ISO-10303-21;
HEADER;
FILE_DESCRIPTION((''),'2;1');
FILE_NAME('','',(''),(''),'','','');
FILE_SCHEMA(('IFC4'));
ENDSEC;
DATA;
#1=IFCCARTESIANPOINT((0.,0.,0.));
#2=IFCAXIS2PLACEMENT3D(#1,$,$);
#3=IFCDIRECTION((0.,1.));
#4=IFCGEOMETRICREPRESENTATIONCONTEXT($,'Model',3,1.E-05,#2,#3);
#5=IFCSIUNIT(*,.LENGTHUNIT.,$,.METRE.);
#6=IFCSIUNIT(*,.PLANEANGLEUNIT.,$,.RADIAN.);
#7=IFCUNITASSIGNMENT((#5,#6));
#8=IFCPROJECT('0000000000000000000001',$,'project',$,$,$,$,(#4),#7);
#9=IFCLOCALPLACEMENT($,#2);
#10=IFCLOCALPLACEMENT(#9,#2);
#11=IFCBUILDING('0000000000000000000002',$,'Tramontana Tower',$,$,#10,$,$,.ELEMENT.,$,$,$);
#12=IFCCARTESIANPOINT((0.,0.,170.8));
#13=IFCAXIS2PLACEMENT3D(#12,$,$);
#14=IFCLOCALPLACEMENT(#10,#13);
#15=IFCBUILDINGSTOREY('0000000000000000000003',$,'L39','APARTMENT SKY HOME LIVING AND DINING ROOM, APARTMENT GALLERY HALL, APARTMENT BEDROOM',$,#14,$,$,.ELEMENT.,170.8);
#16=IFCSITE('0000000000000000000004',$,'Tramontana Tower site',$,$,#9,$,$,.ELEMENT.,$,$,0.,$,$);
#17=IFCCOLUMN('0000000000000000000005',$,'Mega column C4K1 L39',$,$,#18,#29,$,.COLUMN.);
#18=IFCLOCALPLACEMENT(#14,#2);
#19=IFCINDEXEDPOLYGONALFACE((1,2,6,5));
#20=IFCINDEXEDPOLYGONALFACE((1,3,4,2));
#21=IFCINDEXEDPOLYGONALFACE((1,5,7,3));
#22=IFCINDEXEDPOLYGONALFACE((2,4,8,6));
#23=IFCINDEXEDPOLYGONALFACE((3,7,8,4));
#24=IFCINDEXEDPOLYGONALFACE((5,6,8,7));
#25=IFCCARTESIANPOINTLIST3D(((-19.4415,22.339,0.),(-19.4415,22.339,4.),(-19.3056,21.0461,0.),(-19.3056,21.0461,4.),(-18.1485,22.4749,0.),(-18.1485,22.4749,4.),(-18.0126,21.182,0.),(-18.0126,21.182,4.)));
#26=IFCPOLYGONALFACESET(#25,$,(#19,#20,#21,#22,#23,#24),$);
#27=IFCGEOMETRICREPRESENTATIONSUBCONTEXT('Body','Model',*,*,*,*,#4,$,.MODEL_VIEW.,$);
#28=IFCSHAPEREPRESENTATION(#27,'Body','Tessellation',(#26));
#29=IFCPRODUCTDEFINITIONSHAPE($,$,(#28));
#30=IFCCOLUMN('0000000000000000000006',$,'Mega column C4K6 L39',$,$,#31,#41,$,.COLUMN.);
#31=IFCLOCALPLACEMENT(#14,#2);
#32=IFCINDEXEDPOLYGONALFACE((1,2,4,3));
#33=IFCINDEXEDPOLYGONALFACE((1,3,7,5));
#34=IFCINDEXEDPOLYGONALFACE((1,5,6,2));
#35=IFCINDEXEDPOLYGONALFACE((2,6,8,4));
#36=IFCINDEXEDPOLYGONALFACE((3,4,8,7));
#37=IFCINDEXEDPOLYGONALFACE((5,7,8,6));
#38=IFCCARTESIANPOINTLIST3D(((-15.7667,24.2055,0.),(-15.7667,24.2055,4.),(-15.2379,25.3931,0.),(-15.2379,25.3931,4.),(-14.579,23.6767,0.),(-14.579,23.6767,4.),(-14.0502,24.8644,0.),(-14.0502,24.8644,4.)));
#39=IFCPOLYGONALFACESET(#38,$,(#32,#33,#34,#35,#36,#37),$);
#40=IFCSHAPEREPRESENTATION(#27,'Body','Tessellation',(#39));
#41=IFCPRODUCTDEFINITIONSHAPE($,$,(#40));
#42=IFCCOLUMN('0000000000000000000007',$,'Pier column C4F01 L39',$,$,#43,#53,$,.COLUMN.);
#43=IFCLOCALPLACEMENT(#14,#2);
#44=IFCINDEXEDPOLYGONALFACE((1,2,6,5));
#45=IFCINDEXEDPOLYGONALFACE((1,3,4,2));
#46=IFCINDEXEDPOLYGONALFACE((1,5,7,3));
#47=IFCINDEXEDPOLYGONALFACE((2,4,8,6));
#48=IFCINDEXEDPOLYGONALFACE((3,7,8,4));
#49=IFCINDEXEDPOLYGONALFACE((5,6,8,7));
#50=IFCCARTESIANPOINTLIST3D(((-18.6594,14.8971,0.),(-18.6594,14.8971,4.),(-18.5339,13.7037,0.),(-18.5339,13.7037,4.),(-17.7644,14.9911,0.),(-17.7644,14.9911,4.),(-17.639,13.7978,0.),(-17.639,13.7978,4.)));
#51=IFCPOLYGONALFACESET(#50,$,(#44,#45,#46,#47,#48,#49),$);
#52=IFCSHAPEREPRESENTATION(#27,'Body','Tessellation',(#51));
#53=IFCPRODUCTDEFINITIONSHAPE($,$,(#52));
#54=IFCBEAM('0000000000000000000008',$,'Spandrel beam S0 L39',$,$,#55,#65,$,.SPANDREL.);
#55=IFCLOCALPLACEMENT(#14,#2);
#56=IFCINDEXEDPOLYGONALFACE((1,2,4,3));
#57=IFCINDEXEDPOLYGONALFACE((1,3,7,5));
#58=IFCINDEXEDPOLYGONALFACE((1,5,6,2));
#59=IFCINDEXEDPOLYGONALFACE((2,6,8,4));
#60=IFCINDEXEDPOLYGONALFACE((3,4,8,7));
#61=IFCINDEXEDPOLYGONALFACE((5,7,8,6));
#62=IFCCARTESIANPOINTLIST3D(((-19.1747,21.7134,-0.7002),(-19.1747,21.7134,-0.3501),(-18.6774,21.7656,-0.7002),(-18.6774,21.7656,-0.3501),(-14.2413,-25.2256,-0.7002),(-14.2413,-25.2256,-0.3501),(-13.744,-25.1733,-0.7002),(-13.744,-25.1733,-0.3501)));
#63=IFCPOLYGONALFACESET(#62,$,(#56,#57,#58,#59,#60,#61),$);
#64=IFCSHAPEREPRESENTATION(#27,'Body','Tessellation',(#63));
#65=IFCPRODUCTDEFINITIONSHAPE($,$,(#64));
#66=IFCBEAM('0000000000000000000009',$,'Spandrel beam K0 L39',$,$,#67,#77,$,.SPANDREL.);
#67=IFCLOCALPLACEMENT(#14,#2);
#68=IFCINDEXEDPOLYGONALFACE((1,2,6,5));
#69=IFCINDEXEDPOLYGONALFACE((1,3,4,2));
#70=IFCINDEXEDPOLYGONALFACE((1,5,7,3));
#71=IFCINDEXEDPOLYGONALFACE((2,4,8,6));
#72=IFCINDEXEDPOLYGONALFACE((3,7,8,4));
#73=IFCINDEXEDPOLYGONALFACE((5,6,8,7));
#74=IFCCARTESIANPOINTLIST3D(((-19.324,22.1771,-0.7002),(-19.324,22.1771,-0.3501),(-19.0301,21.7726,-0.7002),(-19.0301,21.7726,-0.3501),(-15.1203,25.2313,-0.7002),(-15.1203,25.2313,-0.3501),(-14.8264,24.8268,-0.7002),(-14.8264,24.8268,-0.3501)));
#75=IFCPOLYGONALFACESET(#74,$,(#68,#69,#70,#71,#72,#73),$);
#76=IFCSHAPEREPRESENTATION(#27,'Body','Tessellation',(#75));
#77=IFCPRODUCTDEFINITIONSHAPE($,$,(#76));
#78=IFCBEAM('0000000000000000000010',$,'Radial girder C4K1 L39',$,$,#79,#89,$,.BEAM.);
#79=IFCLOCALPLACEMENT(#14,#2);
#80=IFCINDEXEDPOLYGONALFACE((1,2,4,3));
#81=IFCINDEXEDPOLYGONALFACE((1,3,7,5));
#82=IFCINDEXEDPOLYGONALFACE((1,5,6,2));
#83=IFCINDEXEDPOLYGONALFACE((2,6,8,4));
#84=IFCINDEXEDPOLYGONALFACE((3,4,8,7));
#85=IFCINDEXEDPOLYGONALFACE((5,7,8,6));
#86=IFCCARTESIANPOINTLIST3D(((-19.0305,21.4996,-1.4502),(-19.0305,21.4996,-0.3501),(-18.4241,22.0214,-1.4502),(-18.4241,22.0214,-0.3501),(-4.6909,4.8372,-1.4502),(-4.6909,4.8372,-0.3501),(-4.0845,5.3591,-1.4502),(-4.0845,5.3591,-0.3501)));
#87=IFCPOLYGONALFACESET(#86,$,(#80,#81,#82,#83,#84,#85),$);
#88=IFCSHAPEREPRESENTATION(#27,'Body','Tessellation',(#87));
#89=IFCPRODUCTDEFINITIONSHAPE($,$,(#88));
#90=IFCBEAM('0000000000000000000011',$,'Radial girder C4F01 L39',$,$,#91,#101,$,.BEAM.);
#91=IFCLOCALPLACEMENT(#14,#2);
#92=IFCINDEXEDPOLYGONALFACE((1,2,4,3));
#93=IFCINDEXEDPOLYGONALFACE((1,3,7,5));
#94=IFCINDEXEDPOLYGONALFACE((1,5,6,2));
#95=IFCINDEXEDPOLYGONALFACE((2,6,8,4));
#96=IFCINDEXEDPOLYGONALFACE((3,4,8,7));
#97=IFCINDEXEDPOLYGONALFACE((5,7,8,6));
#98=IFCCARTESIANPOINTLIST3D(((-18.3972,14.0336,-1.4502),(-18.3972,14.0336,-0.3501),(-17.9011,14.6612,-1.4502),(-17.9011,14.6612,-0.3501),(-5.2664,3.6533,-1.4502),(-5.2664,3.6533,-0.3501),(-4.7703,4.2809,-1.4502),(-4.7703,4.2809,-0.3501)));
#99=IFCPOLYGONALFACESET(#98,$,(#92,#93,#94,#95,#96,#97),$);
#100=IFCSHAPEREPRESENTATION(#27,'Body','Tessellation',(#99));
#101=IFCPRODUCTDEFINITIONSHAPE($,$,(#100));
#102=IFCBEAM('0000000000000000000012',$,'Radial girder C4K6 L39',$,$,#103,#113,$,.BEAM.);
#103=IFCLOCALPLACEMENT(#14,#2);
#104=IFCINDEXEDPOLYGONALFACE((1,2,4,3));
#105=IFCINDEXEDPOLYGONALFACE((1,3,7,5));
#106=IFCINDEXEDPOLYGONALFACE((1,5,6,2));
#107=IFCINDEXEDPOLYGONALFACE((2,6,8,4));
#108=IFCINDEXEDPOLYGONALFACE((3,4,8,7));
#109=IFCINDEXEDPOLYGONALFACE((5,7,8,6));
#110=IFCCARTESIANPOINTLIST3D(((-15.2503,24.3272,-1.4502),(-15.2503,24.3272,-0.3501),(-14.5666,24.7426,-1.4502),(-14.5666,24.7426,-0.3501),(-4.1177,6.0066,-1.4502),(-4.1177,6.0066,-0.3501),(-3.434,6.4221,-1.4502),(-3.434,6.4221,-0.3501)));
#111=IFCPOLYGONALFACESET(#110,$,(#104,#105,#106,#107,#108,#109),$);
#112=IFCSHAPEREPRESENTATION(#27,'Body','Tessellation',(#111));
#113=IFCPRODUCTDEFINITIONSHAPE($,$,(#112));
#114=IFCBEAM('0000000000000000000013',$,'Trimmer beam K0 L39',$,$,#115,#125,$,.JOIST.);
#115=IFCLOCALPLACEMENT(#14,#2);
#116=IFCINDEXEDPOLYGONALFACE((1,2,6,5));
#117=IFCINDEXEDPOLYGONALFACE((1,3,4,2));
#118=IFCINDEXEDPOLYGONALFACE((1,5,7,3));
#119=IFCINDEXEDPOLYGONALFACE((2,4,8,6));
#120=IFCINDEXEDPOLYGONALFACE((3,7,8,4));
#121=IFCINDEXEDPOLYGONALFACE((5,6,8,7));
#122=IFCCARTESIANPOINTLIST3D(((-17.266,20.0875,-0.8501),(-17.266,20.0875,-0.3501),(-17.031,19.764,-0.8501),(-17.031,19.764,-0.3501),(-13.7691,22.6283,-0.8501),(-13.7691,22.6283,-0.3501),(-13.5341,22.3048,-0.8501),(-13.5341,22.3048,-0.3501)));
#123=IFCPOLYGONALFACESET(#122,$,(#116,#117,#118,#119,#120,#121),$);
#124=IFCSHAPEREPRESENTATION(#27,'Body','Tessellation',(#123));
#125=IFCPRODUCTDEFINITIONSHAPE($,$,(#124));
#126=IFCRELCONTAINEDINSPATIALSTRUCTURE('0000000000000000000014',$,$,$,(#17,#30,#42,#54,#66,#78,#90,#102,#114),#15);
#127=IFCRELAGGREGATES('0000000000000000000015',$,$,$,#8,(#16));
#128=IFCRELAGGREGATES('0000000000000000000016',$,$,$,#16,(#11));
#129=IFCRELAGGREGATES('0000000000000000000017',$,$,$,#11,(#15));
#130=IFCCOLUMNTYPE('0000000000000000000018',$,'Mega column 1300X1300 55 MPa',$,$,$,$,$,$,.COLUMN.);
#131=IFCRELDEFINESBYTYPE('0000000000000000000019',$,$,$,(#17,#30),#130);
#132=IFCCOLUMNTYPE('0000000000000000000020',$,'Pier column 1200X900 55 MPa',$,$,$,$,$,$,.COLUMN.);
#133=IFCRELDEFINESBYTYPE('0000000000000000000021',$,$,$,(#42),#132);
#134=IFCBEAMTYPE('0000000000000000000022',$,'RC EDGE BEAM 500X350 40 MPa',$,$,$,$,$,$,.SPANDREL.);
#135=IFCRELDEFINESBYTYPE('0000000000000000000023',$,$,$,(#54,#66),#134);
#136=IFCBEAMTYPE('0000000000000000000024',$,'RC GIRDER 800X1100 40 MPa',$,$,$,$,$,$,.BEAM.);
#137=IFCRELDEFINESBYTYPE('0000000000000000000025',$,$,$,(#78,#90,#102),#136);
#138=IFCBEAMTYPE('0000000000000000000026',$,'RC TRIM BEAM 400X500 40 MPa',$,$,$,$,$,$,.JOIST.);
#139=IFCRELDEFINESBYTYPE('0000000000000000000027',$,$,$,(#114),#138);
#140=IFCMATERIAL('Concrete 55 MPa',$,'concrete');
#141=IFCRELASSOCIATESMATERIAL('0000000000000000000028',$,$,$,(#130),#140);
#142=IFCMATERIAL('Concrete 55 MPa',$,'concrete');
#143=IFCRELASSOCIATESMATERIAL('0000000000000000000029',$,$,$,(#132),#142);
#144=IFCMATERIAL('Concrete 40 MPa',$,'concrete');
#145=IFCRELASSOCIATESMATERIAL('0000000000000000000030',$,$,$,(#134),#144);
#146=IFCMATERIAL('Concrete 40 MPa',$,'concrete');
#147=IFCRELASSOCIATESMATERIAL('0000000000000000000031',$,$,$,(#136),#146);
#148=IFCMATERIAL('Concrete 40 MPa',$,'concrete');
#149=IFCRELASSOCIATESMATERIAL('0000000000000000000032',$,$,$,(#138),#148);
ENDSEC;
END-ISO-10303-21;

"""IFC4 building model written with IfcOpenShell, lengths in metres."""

from ifc_helpers import new_model, si_unit, direction, frame, origin, origin_2d, place, context, subcontext, project, spatial, rectangle, extrude, material, material_profile, profile_set, type_object, element, save


model = new_model("IFC4")

# Units and contexts
model_context = context("Model", 3, precision=1e-05, world=origin(), true_north=direction((0.0, 1.0)))
body_context = subcontext(model_context, "Body", "Model", "MODEL_VIEW")
ifc_project = project(units=[si_unit("LENGTHUNIT", "METRE"), si_unit("PLANEANGLEUNIT", "RADIAN")], contexts=[model_context])

# Site, building, storey
site_placement = place(None, origin())
site = spatial("IfcSite", under=ifc_project, at=site_placement, Name="Tramontana Tower site", CompositionType="ELEMENT", RefElevation=0.0)
building_placement = place(site_placement, origin())
building = spatial("IfcBuilding", under=site, at=building_placement, Name="Tramontana Tower", CompositionType="ELEMENT")
storey_placement = place(building_placement, frame((0.0, 0.0, 170.8)))
storey = spatial("IfcBuildingStorey", under=building, at=storey_placement, Name="L39", Description="APARTMENT SKY HOME LIVING AND DINING ROOM, APARTMENT GALLERY HALL, APARTMENT BEDROOM", CompositionType="ELEMENT", Elevation=170.8)

# Columns
ifc_material_1 = material(Name="Concrete 55 MPa", Category="concrete")
ifc_material_profile_1 = material_profile(ifc_material_1, rectangle(XDim=1.3, YDim=1.3, at=origin_2d()), Name="Mega column 1300X1300 55 MPa")
ifc_profile_set_1 = profile_set([ifc_material_profile_1], Name="Concrete 55 MPa")
column_type_1 = type_object("IfcColumnType", Name="Mega column 1300X1300 55 MPa", PredefinedType="COLUMN", material=ifc_profile_set_1)
for number, where, z_axis, x_axis, name in (
    (1, (-18.7271, 21.7605, 0.0), (0.0, 0.0, 1.0), (0.104528, -0.994522, 0.0), "Mega column C4K1 L39"),
    (2, (-14.9084, 24.5349, 0.0), (0.0, 0.0, 1.0), (-0.913545, 0.406737, 0.0), "Mega column C4K6 L39"),
):
    element("IfcColumn", number, at=place(storey_placement, frame(where, z_axis=z_axis, x_axis=x_axis)), inside=storey, type_object=column_type_1, Name=name, PredefinedType="COLUMN", context=body_context, shape_type="SweptSolid", body=[
        extrude(rectangle(XDim=1.3, YDim=1.3, at=origin_2d()), origin(), (0.0, 0.0, 1.0), 4.0),
    ])
ifc_material_2 = material(Name="Concrete 55 MPa", Category="concrete")
ifc_material_profile_2 = material_profile(ifc_material_2, rectangle(XDim=1.2, YDim=0.8999, at=origin_2d()), Name="Pier column 1200X900 55 MPa")
ifc_profile_set_2 = profile_set([ifc_material_profile_2], Name="Concrete 55 MPa")
column_type_2 = type_object("IfcColumnType", Name="Pier column 1200X900 55 MPa", PredefinedType="COLUMN", material=ifc_profile_set_2)
column_placement = place(storey_placement, frame((-18.1492, 14.3474, 0.0), z_axis=(0.0, 0.0, 1.0), x_axis=(0.104528, -0.994522, 0.0)))
element("IfcColumn", 3, at=column_placement, inside=storey, type_object=column_type_2, Name="Pier column C4F01 L39", PredefinedType="COLUMN", context=body_context, shape_type="SweptSolid", body=[
    extrude(rectangle(XDim=1.2, YDim=0.8999, at=origin_2d()), origin(), (0.0, 0.0, 1.0), 4.0),
])

# Beams
ifc_material_3 = material(Name="Concrete 40 MPa", Category="concrete")
ifc_material_profile_3 = material_profile(ifc_material_3, rectangle(XDim=0.5, YDim=0.3501, at=origin_2d()), Name="RC EDGE BEAM 500X350 40 MPa")
ifc_profile_set_3 = profile_set([ifc_material_profile_3], Name="Concrete 40 MPa")
beam_type_1 = type_object("IfcBeamType", Name="RC EDGE BEAM 500X350 40 MPa", PredefinedType="SPANDREL", material=ifc_profile_set_3)
beam_1_placement = place(storey_placement, frame((-18.926, 21.7395, -0.5251), z_axis=(0.104526, -0.994522, 0.0), x_axis=(0.994522, 0.104526, 0.0)))
element("IfcBeam", 4, at=beam_1_placement, inside=storey, type_object=beam_type_1, Name="Spandrel beam S0 L39", PredefinedType="SPANDREL", context=body_context, shape_type="SweptSolid", body=[
    extrude(rectangle(XDim=0.5, YDim=0.3501, at=origin_2d()), origin(), (0.0, 0.0, 1.0), 47.1975),
])
beam_2_placement = place(storey_placement, frame((-14.9734, 25.0291, -0.5251), z_axis=(-0.809008, -0.587797, 0.0), x_axis=(0.587797, -0.809008, 0.0)))
element("IfcBeam", 5, at=beam_2_placement, inside=storey, type_object=beam_type_1, Name="Spandrel beam K0 L39", PredefinedType="SPANDREL", context=body_context, shape_type="SweptSolid", body=[
    extrude(rectangle(XDim=0.5, YDim=0.3501, at=origin_2d()), origin(), (0.0, 0.0, 1.0), 5.196),
])
ifc_material_4 = material(Name="Concrete 40 MPa", Category="concrete")
ifc_material_profile_4 = material_profile(ifc_material_4, rectangle(XDim=0.8, YDim=1.1001, at=origin_2d()), Name="RC GIRDER 800X1100 40 MPa")
ifc_profile_set_4 = profile_set([ifc_material_profile_4], Name="Concrete 40 MPa")
beam_type_2 = type_object("IfcBeamType", Name="RC GIRDER 800X1100 40 MPa", PredefinedType="BEAM", material=ifc_profile_set_4)
beam_3_placement = place(storey_placement, frame((-18.7273, 21.7605, -0.9001), z_axis=(0.6523, -0.757961, 0.0), x_axis=(0.757961, 0.6523, 0.0)))
element("IfcBeam", 6, at=beam_3_placement, inside=storey, type_object=beam_type_2, Name="Radial girder C4K1 L39", PredefinedType="BEAM", context=body_context, shape_type="SweptSolid", body=[
    extrude(rectangle(XDim=0.8, YDim=1.1001, at=origin_2d()), origin(), (0.0, 0.0, 1.0), 21.9832),
])
beam_4_placement = place(storey_placement, frame((-18.1492, 14.3474, -0.9001), z_axis=(0.784479, -0.620156, 0.0), x_axis=(0.620156, 0.784479, 0.0)))
element("IfcBeam", 7, at=beam_4_placement, inside=storey, type_object=beam_type_2, Name="Radial girder C4F01 L39", PredefinedType="BEAM", context=body_context, shape_type="SweptSolid", body=[
    extrude(rectangle(XDim=0.8, YDim=1.1001, at=origin_2d()), origin(), (0.0, 0.0, 1.0), 16.7383),
])
beam_5_placement = place(storey_placement, frame((-14.9084, 24.5349, -0.9001), z_axis=(0.519298, -0.854593, 0.0), x_axis=(0.854593, 0.519298, 0.0)))
element("IfcBeam", 8, at=beam_5_placement, inside=storey, type_object=beam_type_2, Name="Radial girder C4K6 L39", PredefinedType="BEAM", context=body_context, shape_type="SweptSolid", body=[
    extrude(rectangle(XDim=0.8, YDim=1.1001, at=origin_2d()), origin(), (0.0, 0.0, 1.0), 21.4377),
])
ifc_material_5 = material(Name="Concrete 40 MPa", Category="concrete")
ifc_material_profile_5 = material_profile(ifc_material_5, rectangle(XDim=0.3999, YDim=0.5, at=origin_2d()), Name="RC TRIM BEAM 400X500 40 MPa")
ifc_profile_set_5 = profile_set([ifc_material_profile_5], Name="Concrete 40 MPa")
beam_type_3 = type_object("IfcBeamType", Name="RC TRIM BEAM 400X500 40 MPa", PredefinedType="JOIST", material=ifc_profile_set_5)
beam_6_placement = place(storey_placement, frame((-13.6516, 22.4666, -0.6001), z_axis=(-0.808997, -0.587812, 0.0), x_axis=(0.587812, -0.808997, 0.0)))
element("IfcBeam", 9, at=beam_6_placement, inside=storey, type_object=beam_type_3, Name="Trimmer beam K0 L39", PredefinedType="JOIST", context=body_context, shape_type="SweptSolid", body=[
    extrude(rectangle(XDim=0.3999, YDim=0.5, at=origin_2d()), origin(), (0.0, 0.0, 1.0), 4.3225),
])

save(model, "model.ifc")
